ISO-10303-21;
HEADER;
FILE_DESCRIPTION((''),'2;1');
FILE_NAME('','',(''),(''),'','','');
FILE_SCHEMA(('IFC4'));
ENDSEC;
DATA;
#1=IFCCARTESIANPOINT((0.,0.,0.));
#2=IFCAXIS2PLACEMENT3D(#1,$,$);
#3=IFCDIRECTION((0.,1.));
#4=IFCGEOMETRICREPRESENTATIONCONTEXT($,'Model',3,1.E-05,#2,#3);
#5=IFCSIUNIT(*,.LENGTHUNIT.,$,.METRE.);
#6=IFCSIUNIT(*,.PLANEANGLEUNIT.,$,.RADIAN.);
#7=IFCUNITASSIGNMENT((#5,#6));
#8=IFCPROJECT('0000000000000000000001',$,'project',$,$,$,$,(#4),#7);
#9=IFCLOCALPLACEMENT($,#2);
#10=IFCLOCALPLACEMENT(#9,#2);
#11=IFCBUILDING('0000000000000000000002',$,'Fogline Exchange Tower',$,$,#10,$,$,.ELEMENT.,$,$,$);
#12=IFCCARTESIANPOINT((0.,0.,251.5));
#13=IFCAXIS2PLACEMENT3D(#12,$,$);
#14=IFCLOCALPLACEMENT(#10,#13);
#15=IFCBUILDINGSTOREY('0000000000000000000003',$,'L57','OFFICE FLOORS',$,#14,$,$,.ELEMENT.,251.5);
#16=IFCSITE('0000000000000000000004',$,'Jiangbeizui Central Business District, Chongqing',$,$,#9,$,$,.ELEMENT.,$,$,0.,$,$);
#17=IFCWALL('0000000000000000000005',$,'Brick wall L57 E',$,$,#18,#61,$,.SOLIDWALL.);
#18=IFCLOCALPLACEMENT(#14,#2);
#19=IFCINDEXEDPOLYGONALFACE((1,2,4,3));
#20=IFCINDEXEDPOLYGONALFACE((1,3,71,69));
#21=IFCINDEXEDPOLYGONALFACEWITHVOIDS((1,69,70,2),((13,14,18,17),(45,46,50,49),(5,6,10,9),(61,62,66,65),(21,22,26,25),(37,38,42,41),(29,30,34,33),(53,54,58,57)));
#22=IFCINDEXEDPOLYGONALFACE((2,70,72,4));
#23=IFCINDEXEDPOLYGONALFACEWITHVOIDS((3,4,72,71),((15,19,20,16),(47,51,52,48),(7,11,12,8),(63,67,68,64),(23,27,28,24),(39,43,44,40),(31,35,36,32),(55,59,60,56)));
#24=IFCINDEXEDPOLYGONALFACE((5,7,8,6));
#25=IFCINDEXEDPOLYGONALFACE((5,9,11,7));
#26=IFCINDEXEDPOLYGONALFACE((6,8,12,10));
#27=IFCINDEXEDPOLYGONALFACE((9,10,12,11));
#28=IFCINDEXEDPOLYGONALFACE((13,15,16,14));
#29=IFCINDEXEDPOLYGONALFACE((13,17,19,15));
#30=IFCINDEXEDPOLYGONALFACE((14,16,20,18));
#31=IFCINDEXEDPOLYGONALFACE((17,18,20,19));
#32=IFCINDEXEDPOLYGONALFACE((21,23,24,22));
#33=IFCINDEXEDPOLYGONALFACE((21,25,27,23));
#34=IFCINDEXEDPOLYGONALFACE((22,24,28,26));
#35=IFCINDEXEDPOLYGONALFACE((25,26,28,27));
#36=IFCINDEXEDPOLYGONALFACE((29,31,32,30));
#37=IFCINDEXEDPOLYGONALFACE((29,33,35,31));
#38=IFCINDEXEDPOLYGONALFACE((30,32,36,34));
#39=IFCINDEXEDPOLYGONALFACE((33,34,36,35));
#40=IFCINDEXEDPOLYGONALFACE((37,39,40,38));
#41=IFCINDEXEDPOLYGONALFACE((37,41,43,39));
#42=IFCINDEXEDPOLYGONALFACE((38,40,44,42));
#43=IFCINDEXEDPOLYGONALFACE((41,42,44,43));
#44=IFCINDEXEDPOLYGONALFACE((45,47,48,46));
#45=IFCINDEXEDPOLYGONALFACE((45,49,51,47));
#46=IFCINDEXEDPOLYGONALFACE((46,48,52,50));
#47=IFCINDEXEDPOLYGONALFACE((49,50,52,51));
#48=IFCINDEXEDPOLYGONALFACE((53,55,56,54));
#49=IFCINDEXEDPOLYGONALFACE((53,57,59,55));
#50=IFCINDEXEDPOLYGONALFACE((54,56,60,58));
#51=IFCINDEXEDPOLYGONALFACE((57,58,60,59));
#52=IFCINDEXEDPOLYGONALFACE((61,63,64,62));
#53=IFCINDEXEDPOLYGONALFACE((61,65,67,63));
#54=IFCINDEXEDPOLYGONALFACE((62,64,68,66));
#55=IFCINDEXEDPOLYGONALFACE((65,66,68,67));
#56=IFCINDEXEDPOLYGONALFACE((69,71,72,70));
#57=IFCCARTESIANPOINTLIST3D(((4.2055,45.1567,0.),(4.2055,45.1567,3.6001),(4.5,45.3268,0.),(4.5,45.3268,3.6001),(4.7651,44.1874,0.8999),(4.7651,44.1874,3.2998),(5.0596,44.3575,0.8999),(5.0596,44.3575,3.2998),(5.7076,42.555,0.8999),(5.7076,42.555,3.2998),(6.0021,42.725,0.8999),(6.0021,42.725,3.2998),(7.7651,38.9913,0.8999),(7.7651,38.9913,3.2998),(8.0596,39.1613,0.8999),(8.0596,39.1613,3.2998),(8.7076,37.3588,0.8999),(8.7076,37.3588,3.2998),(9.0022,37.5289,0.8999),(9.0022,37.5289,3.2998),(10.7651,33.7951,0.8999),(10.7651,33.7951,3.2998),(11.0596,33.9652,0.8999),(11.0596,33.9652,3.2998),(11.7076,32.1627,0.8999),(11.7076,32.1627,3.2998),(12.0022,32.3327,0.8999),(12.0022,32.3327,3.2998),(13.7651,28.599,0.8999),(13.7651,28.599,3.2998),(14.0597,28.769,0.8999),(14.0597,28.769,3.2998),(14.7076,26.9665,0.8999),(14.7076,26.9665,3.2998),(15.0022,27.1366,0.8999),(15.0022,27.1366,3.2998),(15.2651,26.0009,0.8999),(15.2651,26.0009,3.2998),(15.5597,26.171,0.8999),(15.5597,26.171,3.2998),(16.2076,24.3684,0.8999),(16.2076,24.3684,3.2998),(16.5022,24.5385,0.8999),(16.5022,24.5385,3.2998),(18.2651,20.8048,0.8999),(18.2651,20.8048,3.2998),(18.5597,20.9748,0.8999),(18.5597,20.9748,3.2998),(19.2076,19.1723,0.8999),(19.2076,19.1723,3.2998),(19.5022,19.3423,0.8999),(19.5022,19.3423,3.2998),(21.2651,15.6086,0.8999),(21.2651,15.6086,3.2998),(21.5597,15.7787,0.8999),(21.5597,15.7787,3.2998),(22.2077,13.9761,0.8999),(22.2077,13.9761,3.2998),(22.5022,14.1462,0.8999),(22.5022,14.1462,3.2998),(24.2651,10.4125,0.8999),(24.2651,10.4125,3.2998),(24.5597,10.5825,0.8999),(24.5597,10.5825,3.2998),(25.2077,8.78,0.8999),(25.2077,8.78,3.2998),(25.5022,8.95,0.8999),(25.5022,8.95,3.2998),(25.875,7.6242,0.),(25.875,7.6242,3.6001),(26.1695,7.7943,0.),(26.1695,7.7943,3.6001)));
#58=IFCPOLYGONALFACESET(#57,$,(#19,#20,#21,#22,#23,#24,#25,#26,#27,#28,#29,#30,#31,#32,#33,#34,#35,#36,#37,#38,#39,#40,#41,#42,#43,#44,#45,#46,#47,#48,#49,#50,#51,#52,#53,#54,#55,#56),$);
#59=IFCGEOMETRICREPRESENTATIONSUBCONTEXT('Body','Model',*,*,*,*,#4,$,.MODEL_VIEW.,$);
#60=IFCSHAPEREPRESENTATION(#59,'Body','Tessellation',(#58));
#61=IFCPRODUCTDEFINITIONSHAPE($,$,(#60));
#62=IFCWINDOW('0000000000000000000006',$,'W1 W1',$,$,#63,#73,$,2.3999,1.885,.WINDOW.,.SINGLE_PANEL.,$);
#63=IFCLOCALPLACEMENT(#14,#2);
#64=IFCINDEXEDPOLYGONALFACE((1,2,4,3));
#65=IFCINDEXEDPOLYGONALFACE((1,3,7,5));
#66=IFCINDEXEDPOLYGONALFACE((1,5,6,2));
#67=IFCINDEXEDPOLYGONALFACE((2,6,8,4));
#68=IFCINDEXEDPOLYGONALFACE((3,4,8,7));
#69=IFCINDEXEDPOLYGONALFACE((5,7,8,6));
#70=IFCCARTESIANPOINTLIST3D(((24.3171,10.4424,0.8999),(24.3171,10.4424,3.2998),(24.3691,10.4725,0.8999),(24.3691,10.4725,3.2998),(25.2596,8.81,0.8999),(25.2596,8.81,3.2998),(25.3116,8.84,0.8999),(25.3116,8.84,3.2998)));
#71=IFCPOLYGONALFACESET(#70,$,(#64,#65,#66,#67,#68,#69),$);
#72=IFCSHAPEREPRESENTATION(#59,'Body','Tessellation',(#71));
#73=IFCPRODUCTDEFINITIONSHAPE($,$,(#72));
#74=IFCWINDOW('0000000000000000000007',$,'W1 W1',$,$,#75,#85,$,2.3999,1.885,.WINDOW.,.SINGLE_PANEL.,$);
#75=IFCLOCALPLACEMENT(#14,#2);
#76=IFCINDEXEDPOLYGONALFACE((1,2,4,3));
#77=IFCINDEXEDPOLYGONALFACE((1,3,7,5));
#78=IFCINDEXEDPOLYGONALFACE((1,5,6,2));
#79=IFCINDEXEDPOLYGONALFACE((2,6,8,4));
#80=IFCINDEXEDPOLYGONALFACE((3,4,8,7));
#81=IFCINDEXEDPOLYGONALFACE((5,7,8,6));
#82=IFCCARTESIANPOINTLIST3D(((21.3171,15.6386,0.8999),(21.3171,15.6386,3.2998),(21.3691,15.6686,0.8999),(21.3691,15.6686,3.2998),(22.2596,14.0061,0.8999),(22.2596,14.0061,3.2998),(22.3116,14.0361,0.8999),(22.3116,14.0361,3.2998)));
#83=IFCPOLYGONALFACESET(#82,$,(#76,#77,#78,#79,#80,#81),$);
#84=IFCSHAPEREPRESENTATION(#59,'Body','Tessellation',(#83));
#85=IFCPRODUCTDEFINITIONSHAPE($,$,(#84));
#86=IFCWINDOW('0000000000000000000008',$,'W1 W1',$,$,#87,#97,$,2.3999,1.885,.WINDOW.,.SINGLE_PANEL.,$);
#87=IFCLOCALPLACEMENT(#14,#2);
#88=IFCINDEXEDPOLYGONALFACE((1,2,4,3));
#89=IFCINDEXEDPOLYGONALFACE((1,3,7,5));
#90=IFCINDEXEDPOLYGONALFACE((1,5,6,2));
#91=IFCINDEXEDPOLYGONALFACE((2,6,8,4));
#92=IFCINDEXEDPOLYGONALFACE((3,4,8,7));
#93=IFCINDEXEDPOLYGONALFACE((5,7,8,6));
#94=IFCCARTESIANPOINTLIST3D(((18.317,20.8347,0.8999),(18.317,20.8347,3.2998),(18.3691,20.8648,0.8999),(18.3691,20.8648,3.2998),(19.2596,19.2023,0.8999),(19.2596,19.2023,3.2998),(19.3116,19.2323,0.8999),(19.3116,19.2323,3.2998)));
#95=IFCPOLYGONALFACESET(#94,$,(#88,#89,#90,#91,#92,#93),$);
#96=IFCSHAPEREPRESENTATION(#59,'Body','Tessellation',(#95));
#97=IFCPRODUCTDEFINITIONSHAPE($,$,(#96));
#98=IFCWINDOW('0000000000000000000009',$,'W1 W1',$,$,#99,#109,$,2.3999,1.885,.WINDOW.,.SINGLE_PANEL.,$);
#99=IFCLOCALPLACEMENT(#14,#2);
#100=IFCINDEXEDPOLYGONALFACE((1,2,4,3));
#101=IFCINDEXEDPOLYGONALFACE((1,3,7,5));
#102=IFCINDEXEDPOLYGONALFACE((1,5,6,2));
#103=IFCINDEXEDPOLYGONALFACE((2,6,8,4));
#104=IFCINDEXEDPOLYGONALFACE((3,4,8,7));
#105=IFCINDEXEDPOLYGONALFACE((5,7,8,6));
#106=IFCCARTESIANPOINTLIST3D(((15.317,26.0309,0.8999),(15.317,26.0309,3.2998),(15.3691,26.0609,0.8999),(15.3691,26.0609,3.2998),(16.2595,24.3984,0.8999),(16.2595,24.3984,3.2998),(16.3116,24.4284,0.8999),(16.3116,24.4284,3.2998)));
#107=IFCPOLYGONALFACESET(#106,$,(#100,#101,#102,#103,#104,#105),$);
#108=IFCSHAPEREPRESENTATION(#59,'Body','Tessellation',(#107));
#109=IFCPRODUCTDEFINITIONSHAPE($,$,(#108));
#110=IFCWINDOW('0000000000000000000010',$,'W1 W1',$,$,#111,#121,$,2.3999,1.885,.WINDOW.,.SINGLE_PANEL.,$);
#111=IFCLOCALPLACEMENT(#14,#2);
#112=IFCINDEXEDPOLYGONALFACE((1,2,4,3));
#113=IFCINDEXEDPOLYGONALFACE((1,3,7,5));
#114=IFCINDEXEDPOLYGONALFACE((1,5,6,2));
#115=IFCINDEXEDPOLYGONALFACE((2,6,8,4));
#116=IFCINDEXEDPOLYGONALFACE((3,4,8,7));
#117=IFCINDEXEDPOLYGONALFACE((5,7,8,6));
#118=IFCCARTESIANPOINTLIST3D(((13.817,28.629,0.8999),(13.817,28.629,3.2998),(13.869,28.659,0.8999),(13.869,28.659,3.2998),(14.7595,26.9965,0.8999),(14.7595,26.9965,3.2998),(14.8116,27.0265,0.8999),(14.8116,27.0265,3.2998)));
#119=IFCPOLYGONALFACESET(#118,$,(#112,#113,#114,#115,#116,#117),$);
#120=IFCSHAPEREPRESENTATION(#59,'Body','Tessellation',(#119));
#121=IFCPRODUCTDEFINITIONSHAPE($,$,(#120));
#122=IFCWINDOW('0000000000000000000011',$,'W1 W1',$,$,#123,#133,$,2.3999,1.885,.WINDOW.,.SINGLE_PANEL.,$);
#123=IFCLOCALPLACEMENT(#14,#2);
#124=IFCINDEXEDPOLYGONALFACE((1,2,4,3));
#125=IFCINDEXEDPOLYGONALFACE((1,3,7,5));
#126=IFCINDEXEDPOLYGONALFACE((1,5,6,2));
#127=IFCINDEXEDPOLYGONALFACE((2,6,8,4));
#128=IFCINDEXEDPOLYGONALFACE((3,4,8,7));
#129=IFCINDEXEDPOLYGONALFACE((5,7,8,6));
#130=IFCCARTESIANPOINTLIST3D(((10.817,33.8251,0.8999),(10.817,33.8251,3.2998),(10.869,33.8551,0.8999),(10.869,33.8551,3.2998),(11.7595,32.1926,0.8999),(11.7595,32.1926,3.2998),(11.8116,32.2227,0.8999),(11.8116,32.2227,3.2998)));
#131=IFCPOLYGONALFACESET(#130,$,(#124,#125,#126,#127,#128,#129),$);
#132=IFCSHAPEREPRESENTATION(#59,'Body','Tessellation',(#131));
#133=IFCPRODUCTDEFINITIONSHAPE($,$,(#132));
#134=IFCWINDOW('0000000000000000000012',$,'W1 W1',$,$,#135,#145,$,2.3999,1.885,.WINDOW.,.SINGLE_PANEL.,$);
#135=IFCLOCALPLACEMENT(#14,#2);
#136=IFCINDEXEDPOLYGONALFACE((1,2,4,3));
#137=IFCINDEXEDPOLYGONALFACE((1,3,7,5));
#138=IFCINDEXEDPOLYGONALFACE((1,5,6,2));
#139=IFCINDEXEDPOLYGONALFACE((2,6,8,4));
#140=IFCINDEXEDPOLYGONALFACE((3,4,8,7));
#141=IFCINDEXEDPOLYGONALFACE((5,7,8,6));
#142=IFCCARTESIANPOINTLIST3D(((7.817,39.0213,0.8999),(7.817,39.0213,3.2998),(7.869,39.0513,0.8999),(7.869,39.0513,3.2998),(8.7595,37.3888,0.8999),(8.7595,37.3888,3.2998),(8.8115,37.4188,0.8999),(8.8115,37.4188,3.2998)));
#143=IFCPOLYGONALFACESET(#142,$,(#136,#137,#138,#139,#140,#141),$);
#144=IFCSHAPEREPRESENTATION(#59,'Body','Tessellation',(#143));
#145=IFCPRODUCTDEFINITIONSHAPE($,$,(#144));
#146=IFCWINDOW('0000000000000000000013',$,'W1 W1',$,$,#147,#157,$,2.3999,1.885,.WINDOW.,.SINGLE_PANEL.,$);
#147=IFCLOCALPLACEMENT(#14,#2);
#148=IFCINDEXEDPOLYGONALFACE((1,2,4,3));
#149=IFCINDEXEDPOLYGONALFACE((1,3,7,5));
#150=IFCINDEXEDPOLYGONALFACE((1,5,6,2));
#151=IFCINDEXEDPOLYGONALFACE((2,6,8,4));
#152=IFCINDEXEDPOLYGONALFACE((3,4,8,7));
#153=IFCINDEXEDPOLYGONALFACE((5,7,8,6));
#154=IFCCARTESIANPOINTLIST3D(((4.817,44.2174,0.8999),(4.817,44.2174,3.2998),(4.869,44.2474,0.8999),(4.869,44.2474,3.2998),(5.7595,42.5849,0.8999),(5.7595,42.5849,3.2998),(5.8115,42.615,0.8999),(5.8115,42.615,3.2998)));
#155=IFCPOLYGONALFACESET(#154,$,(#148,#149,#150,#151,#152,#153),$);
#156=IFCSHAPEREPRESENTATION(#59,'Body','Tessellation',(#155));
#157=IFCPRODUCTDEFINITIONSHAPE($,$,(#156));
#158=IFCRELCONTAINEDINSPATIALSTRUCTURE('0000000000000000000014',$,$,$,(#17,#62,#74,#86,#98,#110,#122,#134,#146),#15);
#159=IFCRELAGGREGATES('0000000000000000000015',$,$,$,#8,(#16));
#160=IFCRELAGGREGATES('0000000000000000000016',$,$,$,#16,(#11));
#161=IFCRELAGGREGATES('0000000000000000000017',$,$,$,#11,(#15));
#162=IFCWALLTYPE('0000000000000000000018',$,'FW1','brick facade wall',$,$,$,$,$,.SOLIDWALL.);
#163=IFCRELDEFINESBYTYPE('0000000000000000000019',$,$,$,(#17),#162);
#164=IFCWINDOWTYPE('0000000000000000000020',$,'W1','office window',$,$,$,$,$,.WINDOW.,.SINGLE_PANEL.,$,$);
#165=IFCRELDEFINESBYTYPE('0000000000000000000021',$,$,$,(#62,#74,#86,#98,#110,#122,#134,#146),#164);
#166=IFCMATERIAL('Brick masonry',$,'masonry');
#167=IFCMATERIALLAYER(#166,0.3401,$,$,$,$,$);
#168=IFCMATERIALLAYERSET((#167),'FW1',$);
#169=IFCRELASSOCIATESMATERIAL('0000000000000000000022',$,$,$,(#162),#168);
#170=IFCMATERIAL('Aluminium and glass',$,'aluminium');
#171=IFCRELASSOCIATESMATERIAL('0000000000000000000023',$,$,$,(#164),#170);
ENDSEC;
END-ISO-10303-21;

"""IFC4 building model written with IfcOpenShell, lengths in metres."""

from ifc_helpers import new_model, si_unit, direction, frame, frame_2d, origin, place, context, subcontext, project, spatial, rectangle, extrude, material, layer, layer_set, type_object, element, fill, save


model = new_model("IFC4")

# Units and contexts
model_context = context("Model", 3, precision=1e-05, world=origin(), true_north=direction((0.0, 1.0)))
body_context = subcontext(model_context, "Body", "Model", "MODEL_VIEW")
ifc_project = project(units=[si_unit("LENGTHUNIT", "METRE"), si_unit("PLANEANGLEUNIT", "RADIAN")], contexts=[model_context])

# Site, building, storey
site_placement = place(None, origin())
site = spatial("IfcSite", under=ifc_project, at=site_placement, Name="Jiangbeizui Central Business District, Chongqing", CompositionType="ELEMENT", RefElevation=0.0)
building_placement = place(site_placement, origin())
building = spatial("IfcBuilding", under=site, at=building_placement, Name="Fogline Exchange Tower", CompositionType="ELEMENT")
storey_placement = place(building_placement, frame((0.0, 0.0, 251.5)))
storey = spatial("IfcBuildingStorey", under=building, at=storey_placement, Name="L57", Description="OFFICE FLOORS", CompositionType="ELEMENT", Elevation=251.5)

# Shared definitions
ifc_material_1 = material(Name="Brick masonry", Category="masonry")
ifc_layer = layer(ifc_material_1, 0.3401)
ifc_layer_set = layer_set([ifc_layer], Name="FW1")
wall_type = type_object("IfcWallType", Name="FW1", Description="brick facade wall", PredefinedType="SOLIDWALL", material=ifc_layer_set)
ifc_material_2 = material(Name="Aluminium and glass", Category="aluminium")

# Wall, openings, windows
wall_1_placement = place(storey_placement, frame((26.0222, 7.7092, 0.0), z_axis=(0.0, 0.0, 1.0), x_axis=(-0.500001, 0.866025, 0.0)))
wall_1 = element("IfcWall", 1, at=wall_1_placement, inside=storey, type_object=wall_type, Name="Brick wall L57 E", PredefinedType="SOLIDWALL", context=body_context, shape_type="SweptSolid", body=[
    extrude(rectangle(XDim=43.3389, YDim=0.3401, at=frame_2d((21.6694, 0.0))), origin(), (0.0, 0.0, 1.0), 3.6001),
])
opening_1_placement = place(wall_1_placement, frame((1.3347, 0.0, 0.8999)))
opening_1 = element("IfcOpeningElement", 2, at=opening_1_placement, cuts=wall_1, PredefinedType="OPENING", context=body_context, shape_type="SweptSolid", body=[
    extrude(rectangle(XDim=1.885, YDim=2.3999, at=frame_2d((0.9424, 1.2))), frame((0.0, 0.1802, 0.0), z_axis=(0.0, -1.0, 0.0), x_axis=(1.0, 0.0, 0.0)), (0.0, 0.0, 1.0), 0.3601),
])
opening_2_placement = place(wall_1_placement, frame((7.3347, 0.0, 0.8999)))
opening_2 = element("IfcOpeningElement", 3, at=opening_2_placement, cuts=wall_1, PredefinedType="OPENING", context=body_context, shape_type="SweptSolid", body=[
    extrude(rectangle(XDim=1.885, YDim=2.3999, at=frame_2d((0.9424, 1.2))), frame((0.0, 0.1802, 0.0), z_axis=(0.0, -1.0, 0.0), x_axis=(1.0, 0.0, 0.0)), (0.0, 0.0, 1.0), 0.3601),
])
opening_3_placement = place(wall_1_placement, frame((13.3347, 0.0, 0.8999)))
opening_3 = element("IfcOpeningElement", 4, at=opening_3_placement, cuts=wall_1, PredefinedType="OPENING", context=body_context, shape_type="SweptSolid", body=[
    extrude(rectangle(XDim=1.885, YDim=2.3999, at=frame_2d((0.9424, 1.2))), frame((0.0, 0.1802, 0.0), z_axis=(0.0, -1.0, 0.0), x_axis=(1.0, 0.0, 0.0)), (0.0, 0.0, 1.0), 0.3601),
])
opening_4_placement = place(wall_1_placement, frame((19.3347, 0.0, 0.8999)))
opening_4 = element("IfcOpeningElement", 5, at=opening_4_placement, cuts=wall_1, PredefinedType="OPENING", context=body_context, shape_type="SweptSolid", body=[
    extrude(rectangle(XDim=1.885, YDim=2.3999, at=frame_2d((0.9424, 1.2))), frame((0.0, 0.1802, 0.0), z_axis=(0.0, -1.0, 0.0), x_axis=(1.0, 0.0, 0.0)), (0.0, 0.0, 1.0), 0.3601),
])
opening_5_placement = place(wall_1_placement, frame((22.3347, 0.0, 0.8999)))
opening_5 = element("IfcOpeningElement", 6, at=opening_5_placement, cuts=wall_1, PredefinedType="OPENING", context=body_context, shape_type="SweptSolid", body=[
    extrude(rectangle(XDim=1.885, YDim=2.3999, at=frame_2d((0.9424, 1.2))), frame((0.0, 0.1802, 0.0), z_axis=(0.0, -1.0, 0.0), x_axis=(1.0, 0.0, 0.0)), (0.0, 0.0, 1.0), 0.3601),
])
opening_6_placement = place(wall_1_placement, frame((28.3347, 0.0, 0.8999)))
opening_6 = element("IfcOpeningElement", 7, at=opening_6_placement, cuts=wall_1, PredefinedType="OPENING", context=body_context, shape_type="SweptSolid", body=[
    extrude(rectangle(XDim=1.885, YDim=2.3999, at=frame_2d((0.9424, 1.2))), frame((0.0, 0.1802, 0.0), z_axis=(0.0, -1.0, 0.0), x_axis=(1.0, 0.0, 0.0)), (0.0, 0.0, 1.0), 0.3601),
])
opening_7_placement = place(wall_1_placement, frame((34.3347, 0.0, 0.8999)))
opening_7 = element("IfcOpeningElement", 8, at=opening_7_placement, cuts=wall_1, PredefinedType="OPENING", context=body_context, shape_type="SweptSolid", body=[
    extrude(rectangle(XDim=1.885, YDim=2.3999, at=frame_2d((0.9424, 1.2))), frame((0.0, 0.1802, 0.0), z_axis=(0.0, -1.0, 0.0), x_axis=(1.0, 0.0, 0.0)), (0.0, 0.0, 1.0), 0.3601),
])
opening_8_placement = place(wall_1_placement, frame((40.3347, 0.0, 0.8999)))
opening_8 = element("IfcOpeningElement", 9, at=opening_8_placement, cuts=wall_1, PredefinedType="OPENING", context=body_context, shape_type="SweptSolid", body=[
    extrude(rectangle(XDim=1.885, YDim=2.3999, at=frame_2d((0.9424, 1.2))), frame((0.0, 0.1802, 0.0), z_axis=(0.0, -1.0, 0.0), x_axis=(1.0, 0.0, 0.0)), (0.0, 0.0, 1.0), 0.3601),
])
window_type = type_object("IfcWindowType", Name="W1", Description="office window", PartitioningType="SINGLE_PANEL", PredefinedType="WINDOW", material=ifc_material_2)
window_1_placement = place(opening_1_placement, origin())
window_1 = element("IfcWindow", 10, at=window_1_placement, inside=storey, type_object=window_type, Name="W1 W1", OverallHeight=2.3999, OverallWidth=1.885, PartitioningType="SINGLE_PANEL", PredefinedType="WINDOW", context=body_context, shape_type="SweptSolid", body=[
    extrude(rectangle(XDim=1.885, YDim=2.3999, at=frame_2d((0.9424, 1.2))), frame((0.0, 0.1101, 0.0), z_axis=(0.0, -1.0, 0.0), x_axis=(1.0, 0.0, 0.0)), (0.0, 0.0, 1.0), 0.0601),
])
fill(opening_1, window_1)
window_2_placement = place(opening_2_placement, origin())
window_2 = element("IfcWindow", 11, at=window_2_placement, inside=storey, type_object=window_type, Name="W1 W1", OverallHeight=2.3999, OverallWidth=1.885, PartitioningType="SINGLE_PANEL", PredefinedType="WINDOW", context=body_context, shape_type="SweptSolid", body=[
    extrude(rectangle(XDim=1.885, YDim=2.3999, at=frame_2d((0.9424, 1.2))), frame((0.0, 0.1101, 0.0), z_axis=(0.0, -1.0, 0.0), x_axis=(1.0, 0.0, 0.0)), (0.0, 0.0, 1.0), 0.0601),
])
fill(opening_2, window_2)
window_3_placement = place(opening_3_placement, origin())
window_3 = element("IfcWindow", 12, at=window_3_placement, inside=storey, type_object=window_type, Name="W1 W1", OverallHeight=2.3999, OverallWidth=1.885, PartitioningType="SINGLE_PANEL", PredefinedType="WINDOW", context=body_context, shape_type="SweptSolid", body=[
    extrude(rectangle(XDim=1.885, YDim=2.3999, at=frame_2d((0.9424, 1.2))), frame((0.0, 0.1101, 0.0), z_axis=(0.0, -1.0, 0.0), x_axis=(1.0, 0.0, 0.0)), (0.0, 0.0, 1.0), 0.0601),
])
fill(opening_3, window_3)
window_4_placement = place(opening_4_placement, origin())
window_4 = element("IfcWindow", 13, at=window_4_placement, inside=storey, type_object=window_type, Name="W1 W1", OverallHeight=2.3999, OverallWidth=1.885, PartitioningType="SINGLE_PANEL", PredefinedType="WINDOW", context=body_context, shape_type="SweptSolid", body=[
    extrude(rectangle(XDim=1.885, YDim=2.3999, at=frame_2d((0.9424, 1.2))), frame((0.0, 0.1101, 0.0), z_axis=(0.0, -1.0, 0.0), x_axis=(1.0, 0.0, 0.0)), (0.0, 0.0, 1.0), 0.0601),
])
fill(opening_4, window_4)
window_5_placement = place(opening_5_placement, origin())
window_5 = element("IfcWindow", 14, at=window_5_placement, inside=storey, type_object=window_type, Name="W1 W1", OverallHeight=2.3999, OverallWidth=1.885, PartitioningType="SINGLE_PANEL", PredefinedType="WINDOW", context=body_context, shape_type="SweptSolid", body=[
    extrude(rectangle(XDim=1.885, YDim=2.3999, at=frame_2d((0.9424, 1.2))), frame((0.0, 0.1101, 0.0), z_axis=(0.0, -1.0, 0.0), x_axis=(1.0, 0.0, 0.0)), (0.0, 0.0, 1.0), 0.0601),
])
fill(opening_5, window_5)
window_6_placement = place(opening_6_placement, origin())
window_6 = element("IfcWindow", 15, at=window_6_placement, inside=storey, type_object=window_type, Name="W1 W1", OverallHeight=2.3999, OverallWidth=1.885, PartitioningType="SINGLE_PANEL", PredefinedType="WINDOW", context=body_context, shape_type="SweptSolid", body=[
    extrude(rectangle(XDim=1.885, YDim=2.3999, at=frame_2d((0.9424, 1.2))), frame((0.0, 0.1101, 0.0), z_axis=(0.0, -1.0, 0.0), x_axis=(1.0, 0.0, 0.0)), (0.0, 0.0, 1.0), 0.0601),
])
fill(opening_6, window_6)
window_7_placement = place(opening_7_placement, origin())
window_7 = element("IfcWindow", 16, at=window_7_placement, inside=storey, type_object=window_type, Name="W1 W1", OverallHeight=2.3999, OverallWidth=1.885, PartitioningType="SINGLE_PANEL", PredefinedType="WINDOW", context=body_context, shape_type="SweptSolid", body=[
    extrude(rectangle(XDim=1.885, YDim=2.3999, at=frame_2d((0.9424, 1.2))), frame((0.0, 0.1101, 0.0), z_axis=(0.0, -1.0, 0.0), x_axis=(1.0, 0.0, 0.0)), (0.0, 0.0, 1.0), 0.0601),
])
fill(opening_7, window_7)
window_8_placement = place(opening_8_placement, origin())
window_8 = element("IfcWindow", 17, at=window_8_placement, inside=storey, type_object=window_type, Name="W1 W1", OverallHeight=2.3999, OverallWidth=1.885, PartitioningType="SINGLE_PANEL", PredefinedType="WINDOW", context=body_context, shape_type="SweptSolid", body=[
    extrude(rectangle(XDim=1.885, YDim=2.3999, at=frame_2d((0.9424, 1.2))), frame((0.0, 0.1101, 0.0), z_axis=(0.0, -1.0, 0.0), x_axis=(1.0, 0.0, 0.0)), (0.0, 0.0, 1.0), 0.0601),
])
fill(opening_8, window_8)

save(model, "model.ifc")
